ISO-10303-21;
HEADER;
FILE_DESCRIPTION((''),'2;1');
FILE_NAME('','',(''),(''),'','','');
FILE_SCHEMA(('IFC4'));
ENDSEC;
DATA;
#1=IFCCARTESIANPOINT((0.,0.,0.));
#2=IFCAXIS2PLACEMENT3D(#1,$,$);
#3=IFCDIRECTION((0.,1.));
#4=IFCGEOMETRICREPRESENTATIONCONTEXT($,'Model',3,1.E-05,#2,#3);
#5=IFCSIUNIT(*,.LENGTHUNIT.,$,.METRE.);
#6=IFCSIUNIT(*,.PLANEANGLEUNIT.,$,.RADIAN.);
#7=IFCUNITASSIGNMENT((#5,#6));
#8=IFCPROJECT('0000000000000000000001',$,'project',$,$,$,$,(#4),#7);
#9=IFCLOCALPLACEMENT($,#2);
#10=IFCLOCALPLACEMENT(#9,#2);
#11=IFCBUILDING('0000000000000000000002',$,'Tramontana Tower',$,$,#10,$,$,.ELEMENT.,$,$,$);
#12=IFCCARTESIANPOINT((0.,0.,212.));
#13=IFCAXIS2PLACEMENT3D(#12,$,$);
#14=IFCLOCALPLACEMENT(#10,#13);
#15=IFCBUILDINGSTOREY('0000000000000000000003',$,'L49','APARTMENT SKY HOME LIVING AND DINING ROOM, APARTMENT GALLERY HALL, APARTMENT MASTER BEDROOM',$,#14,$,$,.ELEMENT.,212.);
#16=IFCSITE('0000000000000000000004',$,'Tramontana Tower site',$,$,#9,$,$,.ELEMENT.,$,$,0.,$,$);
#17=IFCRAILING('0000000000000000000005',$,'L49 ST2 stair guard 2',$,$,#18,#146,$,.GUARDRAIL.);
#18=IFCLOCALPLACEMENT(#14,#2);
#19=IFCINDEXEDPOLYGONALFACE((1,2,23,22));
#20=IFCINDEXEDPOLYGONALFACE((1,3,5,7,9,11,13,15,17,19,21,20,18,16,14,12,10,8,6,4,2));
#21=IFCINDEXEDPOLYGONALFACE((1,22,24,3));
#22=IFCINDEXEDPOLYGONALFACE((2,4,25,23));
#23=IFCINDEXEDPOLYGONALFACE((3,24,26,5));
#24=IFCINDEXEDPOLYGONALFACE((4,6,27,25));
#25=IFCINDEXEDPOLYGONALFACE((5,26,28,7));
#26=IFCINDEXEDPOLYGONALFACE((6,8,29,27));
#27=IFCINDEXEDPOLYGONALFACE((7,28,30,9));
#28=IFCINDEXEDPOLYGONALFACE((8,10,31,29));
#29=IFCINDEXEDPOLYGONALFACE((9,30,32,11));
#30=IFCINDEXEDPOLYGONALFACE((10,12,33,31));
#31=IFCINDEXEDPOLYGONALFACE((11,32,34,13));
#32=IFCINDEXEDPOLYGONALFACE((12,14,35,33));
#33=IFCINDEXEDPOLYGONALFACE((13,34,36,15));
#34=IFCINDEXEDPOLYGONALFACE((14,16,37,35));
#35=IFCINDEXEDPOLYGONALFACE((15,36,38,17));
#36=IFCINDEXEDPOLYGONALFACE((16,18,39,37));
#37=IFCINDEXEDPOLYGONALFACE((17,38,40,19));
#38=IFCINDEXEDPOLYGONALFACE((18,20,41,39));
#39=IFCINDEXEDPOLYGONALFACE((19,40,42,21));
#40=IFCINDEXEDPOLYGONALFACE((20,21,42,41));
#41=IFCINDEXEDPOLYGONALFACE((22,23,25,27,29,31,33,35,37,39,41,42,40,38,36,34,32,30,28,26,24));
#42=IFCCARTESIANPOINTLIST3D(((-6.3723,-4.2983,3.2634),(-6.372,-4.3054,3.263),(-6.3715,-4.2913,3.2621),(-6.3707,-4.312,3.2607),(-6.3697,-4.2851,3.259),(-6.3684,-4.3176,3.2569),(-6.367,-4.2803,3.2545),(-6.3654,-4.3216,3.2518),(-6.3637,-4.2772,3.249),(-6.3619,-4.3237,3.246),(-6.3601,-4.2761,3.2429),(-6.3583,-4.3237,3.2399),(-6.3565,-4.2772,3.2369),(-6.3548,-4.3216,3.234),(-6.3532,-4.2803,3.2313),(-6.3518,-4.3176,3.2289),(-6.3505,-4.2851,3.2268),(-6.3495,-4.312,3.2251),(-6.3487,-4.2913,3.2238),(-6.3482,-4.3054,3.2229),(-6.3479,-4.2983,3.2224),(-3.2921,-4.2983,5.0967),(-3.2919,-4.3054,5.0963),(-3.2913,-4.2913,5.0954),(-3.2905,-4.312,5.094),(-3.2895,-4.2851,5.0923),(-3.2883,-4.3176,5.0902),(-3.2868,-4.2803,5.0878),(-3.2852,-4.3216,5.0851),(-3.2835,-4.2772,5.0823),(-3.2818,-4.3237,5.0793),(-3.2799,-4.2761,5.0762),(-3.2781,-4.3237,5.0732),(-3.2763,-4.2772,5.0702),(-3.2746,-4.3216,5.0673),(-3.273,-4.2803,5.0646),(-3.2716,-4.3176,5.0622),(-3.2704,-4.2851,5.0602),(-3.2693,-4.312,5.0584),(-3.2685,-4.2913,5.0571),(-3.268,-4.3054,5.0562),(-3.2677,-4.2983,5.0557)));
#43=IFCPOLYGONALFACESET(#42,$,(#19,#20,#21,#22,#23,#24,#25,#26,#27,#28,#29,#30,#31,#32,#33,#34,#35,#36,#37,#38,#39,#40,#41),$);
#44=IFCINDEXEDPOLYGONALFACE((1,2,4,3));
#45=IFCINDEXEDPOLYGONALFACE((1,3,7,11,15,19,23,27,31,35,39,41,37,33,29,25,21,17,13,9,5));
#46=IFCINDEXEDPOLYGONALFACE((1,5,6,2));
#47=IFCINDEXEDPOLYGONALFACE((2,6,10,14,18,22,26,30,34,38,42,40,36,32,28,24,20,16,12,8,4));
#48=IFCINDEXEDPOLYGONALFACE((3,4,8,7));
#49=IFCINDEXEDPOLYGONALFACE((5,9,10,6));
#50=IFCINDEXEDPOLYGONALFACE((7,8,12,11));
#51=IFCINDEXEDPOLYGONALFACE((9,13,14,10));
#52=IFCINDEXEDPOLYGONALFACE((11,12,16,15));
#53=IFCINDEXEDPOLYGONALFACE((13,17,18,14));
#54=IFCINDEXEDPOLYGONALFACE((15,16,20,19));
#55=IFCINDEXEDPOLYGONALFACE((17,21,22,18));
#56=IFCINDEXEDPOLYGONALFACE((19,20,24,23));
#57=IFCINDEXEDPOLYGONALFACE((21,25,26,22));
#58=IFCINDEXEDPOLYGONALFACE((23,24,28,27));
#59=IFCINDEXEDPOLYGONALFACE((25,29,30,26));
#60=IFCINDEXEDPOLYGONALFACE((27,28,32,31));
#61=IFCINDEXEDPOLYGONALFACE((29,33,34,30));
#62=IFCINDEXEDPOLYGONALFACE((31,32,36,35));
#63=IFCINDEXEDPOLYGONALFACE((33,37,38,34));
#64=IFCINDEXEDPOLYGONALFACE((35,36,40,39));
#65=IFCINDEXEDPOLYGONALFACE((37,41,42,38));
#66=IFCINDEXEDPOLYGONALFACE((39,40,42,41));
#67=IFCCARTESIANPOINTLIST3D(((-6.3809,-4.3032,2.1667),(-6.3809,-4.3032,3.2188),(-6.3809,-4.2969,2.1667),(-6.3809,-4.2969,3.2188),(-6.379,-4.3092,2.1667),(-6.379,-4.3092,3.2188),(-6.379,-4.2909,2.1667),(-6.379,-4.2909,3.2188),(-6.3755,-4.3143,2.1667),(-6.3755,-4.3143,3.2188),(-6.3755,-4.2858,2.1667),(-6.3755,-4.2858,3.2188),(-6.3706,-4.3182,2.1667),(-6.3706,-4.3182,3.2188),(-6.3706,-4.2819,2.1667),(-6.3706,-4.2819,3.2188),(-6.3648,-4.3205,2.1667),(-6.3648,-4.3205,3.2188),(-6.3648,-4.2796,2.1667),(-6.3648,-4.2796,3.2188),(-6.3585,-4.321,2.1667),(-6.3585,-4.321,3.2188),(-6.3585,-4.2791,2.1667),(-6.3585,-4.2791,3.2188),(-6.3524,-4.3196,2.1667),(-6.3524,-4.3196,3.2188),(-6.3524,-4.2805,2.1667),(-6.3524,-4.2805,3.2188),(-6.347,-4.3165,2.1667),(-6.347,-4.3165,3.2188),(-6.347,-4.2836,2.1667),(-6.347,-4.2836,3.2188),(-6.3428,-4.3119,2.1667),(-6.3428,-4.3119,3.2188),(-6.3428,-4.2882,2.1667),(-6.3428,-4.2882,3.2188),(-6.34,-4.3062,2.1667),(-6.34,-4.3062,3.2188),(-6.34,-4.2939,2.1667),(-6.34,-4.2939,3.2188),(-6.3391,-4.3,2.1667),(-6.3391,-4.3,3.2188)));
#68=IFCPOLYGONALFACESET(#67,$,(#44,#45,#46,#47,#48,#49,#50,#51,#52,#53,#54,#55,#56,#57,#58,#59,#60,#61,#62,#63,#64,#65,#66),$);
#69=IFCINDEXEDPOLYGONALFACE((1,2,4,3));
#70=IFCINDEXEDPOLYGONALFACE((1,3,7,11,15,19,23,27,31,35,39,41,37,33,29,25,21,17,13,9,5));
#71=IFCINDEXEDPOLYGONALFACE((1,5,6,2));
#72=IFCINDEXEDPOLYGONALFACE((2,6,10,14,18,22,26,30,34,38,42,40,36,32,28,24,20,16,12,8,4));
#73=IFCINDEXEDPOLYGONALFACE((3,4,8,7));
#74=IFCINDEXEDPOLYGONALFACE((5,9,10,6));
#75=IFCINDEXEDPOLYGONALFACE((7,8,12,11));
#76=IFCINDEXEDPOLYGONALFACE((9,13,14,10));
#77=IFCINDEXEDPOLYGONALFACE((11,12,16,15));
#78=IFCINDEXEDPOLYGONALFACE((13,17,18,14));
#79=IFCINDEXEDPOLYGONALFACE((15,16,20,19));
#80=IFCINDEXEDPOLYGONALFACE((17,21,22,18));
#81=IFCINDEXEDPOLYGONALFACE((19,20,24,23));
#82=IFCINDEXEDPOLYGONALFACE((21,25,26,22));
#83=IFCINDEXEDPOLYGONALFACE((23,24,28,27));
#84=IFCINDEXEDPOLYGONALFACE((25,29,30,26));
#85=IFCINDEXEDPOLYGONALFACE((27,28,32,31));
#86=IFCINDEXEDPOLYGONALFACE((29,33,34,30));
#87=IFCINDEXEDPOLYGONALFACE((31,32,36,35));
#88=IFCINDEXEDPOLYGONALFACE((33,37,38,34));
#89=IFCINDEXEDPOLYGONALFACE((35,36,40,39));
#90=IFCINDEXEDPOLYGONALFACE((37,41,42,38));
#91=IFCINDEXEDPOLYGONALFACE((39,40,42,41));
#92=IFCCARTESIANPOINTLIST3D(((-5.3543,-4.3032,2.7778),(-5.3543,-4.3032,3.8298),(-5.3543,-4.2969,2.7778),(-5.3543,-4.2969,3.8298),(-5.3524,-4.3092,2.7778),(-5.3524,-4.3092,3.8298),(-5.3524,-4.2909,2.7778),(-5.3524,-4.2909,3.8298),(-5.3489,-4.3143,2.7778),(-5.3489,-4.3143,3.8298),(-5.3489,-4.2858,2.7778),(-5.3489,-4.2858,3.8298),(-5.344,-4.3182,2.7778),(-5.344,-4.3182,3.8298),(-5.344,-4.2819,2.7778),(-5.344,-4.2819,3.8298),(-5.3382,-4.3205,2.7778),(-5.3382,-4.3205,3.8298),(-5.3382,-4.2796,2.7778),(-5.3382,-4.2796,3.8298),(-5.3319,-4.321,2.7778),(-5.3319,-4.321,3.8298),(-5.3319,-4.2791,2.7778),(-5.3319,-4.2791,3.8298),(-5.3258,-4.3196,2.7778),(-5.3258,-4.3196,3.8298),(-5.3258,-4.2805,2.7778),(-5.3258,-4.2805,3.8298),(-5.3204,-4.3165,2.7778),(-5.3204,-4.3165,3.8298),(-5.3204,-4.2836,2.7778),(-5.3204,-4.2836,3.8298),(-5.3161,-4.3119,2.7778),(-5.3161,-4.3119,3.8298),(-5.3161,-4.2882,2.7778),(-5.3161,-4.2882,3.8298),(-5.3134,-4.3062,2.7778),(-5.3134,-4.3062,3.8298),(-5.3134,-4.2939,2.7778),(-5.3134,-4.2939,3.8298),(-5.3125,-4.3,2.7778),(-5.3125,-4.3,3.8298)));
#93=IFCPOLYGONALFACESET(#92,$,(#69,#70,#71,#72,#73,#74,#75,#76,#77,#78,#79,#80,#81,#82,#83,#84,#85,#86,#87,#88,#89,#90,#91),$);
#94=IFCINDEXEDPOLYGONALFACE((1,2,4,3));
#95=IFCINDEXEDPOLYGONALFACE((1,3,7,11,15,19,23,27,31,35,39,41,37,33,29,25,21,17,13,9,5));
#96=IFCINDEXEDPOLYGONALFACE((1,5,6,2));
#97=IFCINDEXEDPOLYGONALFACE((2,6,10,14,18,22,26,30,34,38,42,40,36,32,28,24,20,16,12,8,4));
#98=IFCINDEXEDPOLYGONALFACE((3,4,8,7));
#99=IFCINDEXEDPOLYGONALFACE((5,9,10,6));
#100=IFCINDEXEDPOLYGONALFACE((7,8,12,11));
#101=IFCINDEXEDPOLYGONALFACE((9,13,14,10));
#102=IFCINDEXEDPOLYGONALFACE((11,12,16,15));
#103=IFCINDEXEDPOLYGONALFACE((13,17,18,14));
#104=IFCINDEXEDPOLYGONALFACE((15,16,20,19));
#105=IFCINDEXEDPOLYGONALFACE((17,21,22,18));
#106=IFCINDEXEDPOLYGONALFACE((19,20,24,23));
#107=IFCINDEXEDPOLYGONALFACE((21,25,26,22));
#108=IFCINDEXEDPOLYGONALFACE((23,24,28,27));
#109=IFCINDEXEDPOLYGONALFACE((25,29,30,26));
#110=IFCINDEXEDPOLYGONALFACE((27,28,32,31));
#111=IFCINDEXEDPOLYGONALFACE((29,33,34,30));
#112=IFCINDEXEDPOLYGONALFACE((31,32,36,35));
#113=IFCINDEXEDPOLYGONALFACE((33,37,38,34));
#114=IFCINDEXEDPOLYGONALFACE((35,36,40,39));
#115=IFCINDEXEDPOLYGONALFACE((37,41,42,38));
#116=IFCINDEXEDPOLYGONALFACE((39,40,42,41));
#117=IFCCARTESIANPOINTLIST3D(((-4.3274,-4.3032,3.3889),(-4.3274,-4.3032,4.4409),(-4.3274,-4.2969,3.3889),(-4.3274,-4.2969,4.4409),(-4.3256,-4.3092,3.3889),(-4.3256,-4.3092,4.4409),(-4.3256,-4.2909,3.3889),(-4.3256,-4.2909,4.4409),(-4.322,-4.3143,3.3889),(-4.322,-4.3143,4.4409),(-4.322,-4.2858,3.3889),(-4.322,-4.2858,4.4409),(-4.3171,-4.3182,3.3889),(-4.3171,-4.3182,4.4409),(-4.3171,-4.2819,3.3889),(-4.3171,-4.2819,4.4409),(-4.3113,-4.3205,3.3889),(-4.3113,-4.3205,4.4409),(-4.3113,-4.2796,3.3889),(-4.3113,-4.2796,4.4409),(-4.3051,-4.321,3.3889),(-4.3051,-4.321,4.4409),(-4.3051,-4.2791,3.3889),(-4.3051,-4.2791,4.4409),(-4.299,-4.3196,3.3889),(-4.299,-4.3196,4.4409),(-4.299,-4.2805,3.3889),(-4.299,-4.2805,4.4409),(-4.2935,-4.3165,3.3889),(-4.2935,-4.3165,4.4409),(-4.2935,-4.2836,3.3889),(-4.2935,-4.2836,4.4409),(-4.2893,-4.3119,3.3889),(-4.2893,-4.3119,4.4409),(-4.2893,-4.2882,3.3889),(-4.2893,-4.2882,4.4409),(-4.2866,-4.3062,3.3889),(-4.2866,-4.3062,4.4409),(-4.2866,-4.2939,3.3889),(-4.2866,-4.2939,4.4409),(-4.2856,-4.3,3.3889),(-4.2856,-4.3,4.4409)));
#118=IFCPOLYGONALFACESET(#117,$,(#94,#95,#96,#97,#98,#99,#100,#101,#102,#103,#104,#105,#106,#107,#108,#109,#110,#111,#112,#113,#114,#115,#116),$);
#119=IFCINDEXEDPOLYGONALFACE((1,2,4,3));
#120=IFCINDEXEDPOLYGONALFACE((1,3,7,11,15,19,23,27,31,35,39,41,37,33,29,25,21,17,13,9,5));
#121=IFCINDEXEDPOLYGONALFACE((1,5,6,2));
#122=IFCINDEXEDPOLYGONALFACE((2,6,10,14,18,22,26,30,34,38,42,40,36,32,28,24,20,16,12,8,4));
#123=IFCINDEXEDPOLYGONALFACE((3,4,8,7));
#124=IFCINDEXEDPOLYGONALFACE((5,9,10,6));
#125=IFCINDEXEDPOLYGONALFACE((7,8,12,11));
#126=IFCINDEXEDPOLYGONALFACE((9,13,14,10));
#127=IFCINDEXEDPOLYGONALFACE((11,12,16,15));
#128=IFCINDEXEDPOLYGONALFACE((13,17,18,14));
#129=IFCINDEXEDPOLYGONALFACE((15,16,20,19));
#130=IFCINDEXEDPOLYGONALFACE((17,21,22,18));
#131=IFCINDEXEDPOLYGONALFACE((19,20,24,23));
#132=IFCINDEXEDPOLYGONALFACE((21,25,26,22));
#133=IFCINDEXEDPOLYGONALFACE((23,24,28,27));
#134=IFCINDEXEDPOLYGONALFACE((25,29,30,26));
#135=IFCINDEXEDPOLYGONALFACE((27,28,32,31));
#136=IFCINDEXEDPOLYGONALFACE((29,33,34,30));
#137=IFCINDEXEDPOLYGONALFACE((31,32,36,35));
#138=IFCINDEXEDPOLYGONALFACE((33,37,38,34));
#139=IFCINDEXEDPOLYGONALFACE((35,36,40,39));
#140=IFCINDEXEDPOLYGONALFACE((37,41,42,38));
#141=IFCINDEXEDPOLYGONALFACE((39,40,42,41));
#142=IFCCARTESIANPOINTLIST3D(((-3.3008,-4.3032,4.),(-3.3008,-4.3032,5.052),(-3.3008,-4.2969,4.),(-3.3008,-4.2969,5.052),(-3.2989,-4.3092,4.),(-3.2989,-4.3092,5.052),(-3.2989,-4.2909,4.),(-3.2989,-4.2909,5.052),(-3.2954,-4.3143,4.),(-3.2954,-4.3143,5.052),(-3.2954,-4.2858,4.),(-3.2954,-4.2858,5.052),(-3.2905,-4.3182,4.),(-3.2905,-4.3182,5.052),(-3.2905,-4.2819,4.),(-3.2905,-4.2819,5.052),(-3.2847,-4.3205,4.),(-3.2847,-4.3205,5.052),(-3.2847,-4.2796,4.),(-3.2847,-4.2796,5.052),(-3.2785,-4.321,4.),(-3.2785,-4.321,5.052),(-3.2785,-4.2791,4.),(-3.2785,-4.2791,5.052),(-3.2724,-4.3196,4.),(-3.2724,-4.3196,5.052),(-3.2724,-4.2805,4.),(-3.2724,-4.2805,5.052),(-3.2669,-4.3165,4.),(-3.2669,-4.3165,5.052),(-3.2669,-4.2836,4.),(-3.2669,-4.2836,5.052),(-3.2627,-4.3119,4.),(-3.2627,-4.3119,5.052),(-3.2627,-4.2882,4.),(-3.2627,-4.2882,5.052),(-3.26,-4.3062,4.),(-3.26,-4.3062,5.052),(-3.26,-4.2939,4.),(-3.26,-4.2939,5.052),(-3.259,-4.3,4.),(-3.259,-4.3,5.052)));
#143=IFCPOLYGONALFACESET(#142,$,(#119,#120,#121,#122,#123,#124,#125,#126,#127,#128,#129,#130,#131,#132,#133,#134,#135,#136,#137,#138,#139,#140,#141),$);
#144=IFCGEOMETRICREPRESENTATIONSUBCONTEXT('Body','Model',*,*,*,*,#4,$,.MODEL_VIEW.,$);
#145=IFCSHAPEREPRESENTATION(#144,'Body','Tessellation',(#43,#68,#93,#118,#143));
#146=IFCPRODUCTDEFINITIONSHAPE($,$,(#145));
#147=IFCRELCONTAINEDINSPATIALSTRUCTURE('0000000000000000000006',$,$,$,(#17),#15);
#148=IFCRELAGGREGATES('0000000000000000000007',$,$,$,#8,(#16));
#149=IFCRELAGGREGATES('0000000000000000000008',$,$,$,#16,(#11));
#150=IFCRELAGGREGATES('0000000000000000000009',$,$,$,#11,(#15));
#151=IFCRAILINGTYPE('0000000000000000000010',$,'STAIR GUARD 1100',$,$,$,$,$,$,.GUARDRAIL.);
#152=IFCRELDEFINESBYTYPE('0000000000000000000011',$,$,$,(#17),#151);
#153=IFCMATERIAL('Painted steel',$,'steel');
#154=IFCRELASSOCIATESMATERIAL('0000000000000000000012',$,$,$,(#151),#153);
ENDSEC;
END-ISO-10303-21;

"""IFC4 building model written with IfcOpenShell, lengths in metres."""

from ifc_helpers import new_model, si_unit, direction, frame, origin, origin_2d, place, context, subcontext, project, spatial, circle, extrude, material, type_object, element, save


model = new_model("IFC4")

# Units and contexts
model_context = context("Model", 3, precision=1e-05, world=origin(), true_north=direction((0.0, 1.0)))
body_context = subcontext(model_context, "Body", "Model", "MODEL_VIEW")
ifc_project = project(units=[si_unit("LENGTHUNIT", "METRE"), si_unit("PLANEANGLEUNIT", "RADIAN")], contexts=[model_context])

# Site, building, storey
site_placement = place(None, origin())
site = spatial("IfcSite", under=ifc_project, at=site_placement, Name="Tramontana Tower site", CompositionType="ELEMENT", RefElevation=0.0)
building_placement = place(site_placement, origin())
building = spatial("IfcBuilding", under=site, at=building_placement, Name="Tramontana Tower", CompositionType="ELEMENT")
storey_placement = place(building_placement, frame((0.0, 0.0, 212.0)))
storey = spatial("IfcBuildingStorey", under=building, at=storey_placement, Name="L49", Description="APARTMENT SKY HOME LIVING AND DINING ROOM, APARTMENT GALLERY HALL, APARTMENT MASTER BEDROOM", CompositionType="ELEMENT", Elevation=212.0)

# Railing
ifc_material_1 = material(Name="Painted steel", Category="steel")
railing_type_1 = type_object("IfcRailingType", Name="STAIR GUARD 1100", PredefinedType="GUARDRAIL", material=ifc_material_1)
railing_1_placement = place(storey_placement, frame((-6.3601, -4.3, 2.1667)))
element("IfcRailing", 1, at=railing_1_placement, inside=storey, type_object=railing_type_1, Name="L49 ST2 stair guard 2", PredefinedType="GUARDRAIL", context=body_context, shape_type="SweptSolid", body=[
    extrude(circle(Radius=0.0239, at=origin_2d()), frame((0.0, 0.0, 1.0762), z_axis=(0.859309, 0.0, 0.511458), x_axis=(0.0, 1.0, 0.0)), (0.0, 0.0, 1.0), 3.5845),
    extrude(circle(Radius=0.021, at=origin_2d()), origin(), (0.0, 0.0, 1.0), 1.052),
    extrude(circle(Radius=0.021, at=origin_2d()), frame((1.0266, 0.0, 0.6111)), (0.0, 0.0, 1.0), 1.052),
    extrude(circle(Radius=0.021, at=origin_2d()), frame((2.0535, 0.0, 1.2222)), (0.0, 0.0, 1.0), 1.052),
    extrude(circle(Radius=0.021, at=origin_2d()), frame((3.0801, 0.0, 1.8333)), (0.0, 0.0, 1.0), 1.052),
])

save(model, "model.ifc")
